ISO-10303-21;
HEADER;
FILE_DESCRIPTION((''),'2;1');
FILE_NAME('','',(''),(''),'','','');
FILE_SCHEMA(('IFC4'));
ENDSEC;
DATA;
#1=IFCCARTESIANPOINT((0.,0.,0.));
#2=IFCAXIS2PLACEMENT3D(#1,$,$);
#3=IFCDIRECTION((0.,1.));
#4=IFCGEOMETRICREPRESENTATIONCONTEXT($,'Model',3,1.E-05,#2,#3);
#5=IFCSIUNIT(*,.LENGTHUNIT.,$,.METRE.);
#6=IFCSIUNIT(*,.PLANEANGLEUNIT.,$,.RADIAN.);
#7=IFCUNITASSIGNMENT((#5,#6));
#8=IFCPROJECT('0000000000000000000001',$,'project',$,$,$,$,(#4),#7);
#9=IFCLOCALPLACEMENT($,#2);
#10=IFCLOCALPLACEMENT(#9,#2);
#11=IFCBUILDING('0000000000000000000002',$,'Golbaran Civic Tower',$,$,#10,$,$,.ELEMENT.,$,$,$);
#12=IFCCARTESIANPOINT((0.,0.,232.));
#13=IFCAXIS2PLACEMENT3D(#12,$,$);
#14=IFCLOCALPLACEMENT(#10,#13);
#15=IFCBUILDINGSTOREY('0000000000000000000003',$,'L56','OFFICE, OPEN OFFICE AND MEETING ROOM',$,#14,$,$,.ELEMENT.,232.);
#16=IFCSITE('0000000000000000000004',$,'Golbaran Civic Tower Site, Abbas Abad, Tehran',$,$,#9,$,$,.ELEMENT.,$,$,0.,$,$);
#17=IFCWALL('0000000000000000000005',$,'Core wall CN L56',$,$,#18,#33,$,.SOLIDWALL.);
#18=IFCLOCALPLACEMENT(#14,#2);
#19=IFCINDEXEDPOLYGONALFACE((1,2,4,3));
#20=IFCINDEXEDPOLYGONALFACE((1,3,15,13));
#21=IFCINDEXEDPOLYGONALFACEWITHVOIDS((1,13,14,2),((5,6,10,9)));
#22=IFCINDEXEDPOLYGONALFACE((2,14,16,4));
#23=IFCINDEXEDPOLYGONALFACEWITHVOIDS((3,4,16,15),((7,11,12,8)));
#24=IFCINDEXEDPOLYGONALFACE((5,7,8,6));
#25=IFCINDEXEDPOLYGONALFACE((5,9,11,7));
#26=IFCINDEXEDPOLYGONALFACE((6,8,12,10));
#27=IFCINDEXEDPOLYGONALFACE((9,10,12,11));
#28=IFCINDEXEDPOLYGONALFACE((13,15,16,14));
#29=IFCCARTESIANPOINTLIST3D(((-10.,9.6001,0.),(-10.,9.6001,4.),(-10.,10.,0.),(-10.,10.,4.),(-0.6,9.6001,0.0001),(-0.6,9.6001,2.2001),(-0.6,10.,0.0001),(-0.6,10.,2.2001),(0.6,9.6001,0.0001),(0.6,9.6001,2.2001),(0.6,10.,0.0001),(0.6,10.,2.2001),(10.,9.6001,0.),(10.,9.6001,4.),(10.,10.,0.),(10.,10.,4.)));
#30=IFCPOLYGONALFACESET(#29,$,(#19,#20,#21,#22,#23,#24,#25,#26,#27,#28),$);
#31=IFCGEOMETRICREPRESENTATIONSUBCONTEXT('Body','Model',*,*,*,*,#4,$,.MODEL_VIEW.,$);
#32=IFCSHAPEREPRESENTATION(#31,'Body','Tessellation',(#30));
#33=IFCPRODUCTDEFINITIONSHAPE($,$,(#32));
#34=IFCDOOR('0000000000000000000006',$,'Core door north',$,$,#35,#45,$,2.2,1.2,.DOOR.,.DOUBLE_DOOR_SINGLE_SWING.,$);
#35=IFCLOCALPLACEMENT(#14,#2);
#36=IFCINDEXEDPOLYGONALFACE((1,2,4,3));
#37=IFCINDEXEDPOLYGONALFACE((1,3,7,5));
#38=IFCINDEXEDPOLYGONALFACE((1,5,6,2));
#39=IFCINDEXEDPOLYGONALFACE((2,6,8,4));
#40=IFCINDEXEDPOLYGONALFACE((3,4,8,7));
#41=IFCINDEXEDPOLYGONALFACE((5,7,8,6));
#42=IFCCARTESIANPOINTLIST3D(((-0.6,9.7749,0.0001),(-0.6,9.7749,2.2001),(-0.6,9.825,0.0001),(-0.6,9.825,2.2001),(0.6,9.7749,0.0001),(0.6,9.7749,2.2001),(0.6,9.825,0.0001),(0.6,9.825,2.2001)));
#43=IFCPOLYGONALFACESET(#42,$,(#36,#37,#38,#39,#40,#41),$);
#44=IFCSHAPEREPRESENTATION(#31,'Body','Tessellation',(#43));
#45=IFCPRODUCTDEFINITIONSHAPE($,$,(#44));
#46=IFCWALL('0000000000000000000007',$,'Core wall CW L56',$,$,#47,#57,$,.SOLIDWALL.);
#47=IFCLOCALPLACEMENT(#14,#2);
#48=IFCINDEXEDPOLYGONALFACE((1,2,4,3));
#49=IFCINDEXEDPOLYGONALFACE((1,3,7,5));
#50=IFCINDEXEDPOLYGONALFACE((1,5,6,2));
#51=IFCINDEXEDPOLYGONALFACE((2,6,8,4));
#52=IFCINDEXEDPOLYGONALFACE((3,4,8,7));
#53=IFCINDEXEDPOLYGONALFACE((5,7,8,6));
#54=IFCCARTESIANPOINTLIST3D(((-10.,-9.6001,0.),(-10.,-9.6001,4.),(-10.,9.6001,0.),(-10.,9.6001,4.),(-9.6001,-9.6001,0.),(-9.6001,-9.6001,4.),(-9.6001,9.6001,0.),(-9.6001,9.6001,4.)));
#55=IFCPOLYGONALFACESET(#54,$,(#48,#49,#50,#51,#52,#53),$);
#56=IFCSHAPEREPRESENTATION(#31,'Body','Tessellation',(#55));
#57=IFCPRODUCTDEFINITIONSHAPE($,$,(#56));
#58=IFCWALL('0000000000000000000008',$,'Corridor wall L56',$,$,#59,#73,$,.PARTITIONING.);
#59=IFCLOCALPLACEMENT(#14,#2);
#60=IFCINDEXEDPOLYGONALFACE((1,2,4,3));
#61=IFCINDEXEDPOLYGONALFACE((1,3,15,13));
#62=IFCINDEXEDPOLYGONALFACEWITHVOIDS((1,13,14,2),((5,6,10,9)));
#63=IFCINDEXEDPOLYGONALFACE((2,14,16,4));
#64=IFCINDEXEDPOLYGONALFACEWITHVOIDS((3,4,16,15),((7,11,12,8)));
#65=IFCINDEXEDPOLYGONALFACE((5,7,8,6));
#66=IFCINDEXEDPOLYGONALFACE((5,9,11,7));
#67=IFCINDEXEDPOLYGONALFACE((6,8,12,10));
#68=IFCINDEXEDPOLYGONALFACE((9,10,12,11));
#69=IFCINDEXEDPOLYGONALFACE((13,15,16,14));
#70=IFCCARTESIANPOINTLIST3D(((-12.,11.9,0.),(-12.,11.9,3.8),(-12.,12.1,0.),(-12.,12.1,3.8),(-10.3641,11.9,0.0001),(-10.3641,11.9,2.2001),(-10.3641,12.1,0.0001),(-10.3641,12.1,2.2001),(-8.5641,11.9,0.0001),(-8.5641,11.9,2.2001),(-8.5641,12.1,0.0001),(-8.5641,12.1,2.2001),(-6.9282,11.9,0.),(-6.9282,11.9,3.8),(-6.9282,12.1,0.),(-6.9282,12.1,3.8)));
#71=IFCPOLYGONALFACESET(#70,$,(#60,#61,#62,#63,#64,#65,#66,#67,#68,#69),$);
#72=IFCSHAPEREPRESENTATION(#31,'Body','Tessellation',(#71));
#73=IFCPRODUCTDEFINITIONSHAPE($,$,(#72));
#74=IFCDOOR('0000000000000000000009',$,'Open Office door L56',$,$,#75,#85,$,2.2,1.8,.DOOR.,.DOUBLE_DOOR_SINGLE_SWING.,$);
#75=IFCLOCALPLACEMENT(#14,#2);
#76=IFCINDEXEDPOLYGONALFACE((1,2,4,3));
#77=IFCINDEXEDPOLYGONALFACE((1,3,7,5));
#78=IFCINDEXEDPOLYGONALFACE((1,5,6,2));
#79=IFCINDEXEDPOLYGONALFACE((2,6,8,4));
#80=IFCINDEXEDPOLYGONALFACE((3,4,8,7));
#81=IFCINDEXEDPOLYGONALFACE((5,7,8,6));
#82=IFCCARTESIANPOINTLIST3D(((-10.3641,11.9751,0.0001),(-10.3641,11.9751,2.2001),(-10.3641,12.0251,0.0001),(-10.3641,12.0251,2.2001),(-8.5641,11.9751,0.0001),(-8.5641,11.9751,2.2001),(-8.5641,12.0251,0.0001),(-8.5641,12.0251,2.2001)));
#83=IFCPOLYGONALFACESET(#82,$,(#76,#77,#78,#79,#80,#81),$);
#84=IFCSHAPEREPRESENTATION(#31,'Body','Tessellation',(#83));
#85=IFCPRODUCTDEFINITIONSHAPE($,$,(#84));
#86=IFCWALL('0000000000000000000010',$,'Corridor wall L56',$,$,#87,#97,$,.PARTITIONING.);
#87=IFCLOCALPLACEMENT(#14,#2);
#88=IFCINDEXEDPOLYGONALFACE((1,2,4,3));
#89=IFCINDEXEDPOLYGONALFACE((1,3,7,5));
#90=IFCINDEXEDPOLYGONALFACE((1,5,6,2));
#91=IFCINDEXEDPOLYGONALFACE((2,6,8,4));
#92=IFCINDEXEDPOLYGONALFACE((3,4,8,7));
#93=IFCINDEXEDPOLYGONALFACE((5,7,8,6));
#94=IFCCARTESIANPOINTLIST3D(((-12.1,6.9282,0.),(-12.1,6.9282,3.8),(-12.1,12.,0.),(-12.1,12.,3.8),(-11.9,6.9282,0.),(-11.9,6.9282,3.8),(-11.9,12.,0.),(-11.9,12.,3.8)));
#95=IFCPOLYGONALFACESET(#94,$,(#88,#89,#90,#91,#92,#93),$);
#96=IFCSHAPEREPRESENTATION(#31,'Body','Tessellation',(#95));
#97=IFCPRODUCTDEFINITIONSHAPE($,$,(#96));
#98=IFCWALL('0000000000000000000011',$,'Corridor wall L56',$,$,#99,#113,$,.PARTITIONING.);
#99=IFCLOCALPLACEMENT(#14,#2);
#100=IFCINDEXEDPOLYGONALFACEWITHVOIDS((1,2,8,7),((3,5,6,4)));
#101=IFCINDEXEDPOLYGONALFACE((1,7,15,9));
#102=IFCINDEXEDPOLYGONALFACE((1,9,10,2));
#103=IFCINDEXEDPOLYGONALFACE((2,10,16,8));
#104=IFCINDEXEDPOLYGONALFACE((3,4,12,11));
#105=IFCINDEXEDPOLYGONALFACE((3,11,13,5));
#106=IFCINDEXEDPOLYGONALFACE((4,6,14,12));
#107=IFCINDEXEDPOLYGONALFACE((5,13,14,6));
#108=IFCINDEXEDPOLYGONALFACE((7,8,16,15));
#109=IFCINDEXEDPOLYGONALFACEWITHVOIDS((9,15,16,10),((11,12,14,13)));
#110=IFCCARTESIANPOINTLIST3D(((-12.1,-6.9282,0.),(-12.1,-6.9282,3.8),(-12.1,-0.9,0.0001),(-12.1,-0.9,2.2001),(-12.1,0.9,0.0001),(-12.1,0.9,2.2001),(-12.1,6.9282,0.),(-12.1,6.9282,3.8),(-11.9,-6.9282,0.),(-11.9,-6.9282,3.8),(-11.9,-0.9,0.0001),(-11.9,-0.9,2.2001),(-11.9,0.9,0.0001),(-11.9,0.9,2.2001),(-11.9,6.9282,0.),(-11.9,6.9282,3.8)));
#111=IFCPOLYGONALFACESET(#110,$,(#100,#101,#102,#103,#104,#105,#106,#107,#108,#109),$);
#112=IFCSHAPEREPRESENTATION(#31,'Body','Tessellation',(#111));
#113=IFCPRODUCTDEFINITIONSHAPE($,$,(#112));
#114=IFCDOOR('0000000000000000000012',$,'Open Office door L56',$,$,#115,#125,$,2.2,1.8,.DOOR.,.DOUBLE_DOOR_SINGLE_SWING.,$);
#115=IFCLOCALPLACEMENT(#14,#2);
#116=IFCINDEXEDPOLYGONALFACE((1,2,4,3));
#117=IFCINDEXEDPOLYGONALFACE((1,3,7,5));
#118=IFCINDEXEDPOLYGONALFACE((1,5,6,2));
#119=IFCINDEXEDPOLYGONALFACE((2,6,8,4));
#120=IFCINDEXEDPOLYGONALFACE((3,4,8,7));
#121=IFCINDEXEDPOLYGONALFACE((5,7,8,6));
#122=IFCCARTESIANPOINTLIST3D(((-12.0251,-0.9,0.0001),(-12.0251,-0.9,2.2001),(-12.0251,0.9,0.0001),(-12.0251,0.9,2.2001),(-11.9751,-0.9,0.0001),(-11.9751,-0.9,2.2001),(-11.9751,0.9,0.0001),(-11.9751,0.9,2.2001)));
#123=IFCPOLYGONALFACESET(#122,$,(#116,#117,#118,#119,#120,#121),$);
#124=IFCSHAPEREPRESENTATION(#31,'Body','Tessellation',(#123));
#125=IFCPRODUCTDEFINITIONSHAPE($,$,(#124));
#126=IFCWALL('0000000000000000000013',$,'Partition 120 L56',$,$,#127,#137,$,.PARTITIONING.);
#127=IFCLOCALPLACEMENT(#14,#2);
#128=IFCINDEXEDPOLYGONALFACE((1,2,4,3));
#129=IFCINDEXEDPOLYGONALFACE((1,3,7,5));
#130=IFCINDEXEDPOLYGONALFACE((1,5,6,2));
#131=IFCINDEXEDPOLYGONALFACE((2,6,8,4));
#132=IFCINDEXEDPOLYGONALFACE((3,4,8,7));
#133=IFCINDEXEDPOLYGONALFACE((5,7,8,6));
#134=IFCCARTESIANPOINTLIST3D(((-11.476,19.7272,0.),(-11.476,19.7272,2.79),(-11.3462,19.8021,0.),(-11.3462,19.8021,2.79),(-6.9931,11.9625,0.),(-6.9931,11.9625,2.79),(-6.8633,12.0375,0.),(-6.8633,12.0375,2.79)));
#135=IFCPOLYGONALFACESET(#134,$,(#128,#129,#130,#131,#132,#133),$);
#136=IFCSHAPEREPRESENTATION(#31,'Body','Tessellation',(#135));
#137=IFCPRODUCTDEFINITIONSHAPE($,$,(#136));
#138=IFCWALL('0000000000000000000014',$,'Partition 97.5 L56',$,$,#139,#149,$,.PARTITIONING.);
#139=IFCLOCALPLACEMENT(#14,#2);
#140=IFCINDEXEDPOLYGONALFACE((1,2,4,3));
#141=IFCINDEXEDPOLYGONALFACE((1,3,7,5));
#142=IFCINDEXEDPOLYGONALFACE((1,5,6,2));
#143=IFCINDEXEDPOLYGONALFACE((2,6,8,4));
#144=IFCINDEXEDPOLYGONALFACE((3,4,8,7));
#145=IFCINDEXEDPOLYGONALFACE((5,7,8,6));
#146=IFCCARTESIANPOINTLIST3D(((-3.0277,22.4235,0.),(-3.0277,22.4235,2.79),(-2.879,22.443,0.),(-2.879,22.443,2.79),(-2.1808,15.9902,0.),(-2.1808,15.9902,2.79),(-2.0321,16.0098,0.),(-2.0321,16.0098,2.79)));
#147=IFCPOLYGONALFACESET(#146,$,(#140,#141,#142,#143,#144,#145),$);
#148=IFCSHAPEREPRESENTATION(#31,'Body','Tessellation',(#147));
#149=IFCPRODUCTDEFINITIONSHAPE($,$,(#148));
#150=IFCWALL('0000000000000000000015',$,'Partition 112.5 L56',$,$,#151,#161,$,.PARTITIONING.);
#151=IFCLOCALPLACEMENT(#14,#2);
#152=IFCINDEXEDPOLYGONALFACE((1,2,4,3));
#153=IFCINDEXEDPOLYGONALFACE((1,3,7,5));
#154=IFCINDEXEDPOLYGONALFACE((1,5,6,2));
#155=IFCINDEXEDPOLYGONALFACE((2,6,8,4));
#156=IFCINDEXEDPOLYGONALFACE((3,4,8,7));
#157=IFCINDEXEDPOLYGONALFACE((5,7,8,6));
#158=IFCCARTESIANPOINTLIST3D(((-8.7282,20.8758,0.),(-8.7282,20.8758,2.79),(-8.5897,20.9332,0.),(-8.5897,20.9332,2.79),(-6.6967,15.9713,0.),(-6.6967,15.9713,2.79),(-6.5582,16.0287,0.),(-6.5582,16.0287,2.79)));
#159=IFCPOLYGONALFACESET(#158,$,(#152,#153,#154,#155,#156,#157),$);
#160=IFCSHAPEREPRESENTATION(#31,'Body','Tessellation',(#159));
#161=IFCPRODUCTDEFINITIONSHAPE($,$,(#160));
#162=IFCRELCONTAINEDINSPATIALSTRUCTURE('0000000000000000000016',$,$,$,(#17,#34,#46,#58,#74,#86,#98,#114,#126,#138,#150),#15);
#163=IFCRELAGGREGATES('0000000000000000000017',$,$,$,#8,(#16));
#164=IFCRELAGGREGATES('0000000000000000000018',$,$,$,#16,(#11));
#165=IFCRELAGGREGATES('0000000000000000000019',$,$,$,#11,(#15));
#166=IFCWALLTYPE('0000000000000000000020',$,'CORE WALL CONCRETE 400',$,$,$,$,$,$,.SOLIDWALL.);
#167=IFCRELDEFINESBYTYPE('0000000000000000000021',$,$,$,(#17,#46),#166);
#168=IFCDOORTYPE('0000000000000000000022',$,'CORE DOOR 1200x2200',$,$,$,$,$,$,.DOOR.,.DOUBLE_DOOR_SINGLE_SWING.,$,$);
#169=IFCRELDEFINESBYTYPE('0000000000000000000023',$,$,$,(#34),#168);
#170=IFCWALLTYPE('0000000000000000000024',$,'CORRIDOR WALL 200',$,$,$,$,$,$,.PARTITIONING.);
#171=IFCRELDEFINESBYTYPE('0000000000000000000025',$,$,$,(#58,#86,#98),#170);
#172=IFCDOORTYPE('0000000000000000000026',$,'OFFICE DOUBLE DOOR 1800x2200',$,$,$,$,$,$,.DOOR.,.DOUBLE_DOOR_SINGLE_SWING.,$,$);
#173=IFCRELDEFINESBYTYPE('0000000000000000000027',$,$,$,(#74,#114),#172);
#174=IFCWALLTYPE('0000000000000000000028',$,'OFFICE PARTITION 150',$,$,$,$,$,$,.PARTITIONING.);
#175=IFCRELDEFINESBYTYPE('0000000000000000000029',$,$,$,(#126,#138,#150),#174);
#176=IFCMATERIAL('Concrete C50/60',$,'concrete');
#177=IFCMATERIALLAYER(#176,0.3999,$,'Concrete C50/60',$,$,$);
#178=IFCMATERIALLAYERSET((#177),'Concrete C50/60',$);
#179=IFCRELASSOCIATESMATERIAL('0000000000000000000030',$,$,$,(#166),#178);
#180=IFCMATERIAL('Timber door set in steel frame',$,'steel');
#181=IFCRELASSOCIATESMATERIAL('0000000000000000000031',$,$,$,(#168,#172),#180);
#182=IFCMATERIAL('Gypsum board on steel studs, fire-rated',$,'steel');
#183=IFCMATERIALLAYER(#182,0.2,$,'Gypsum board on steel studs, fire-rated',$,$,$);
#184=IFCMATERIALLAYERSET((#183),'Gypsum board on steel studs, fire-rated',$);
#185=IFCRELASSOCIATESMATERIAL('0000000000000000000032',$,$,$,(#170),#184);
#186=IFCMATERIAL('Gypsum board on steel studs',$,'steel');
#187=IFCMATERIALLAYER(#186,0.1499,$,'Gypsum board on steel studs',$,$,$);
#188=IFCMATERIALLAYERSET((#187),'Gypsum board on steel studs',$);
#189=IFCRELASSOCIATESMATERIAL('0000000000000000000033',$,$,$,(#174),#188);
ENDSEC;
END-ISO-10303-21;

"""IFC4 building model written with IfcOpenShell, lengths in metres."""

from ifc_helpers import new_model, si_unit, direction, frame, frame_2d, origin, place, context, subcontext, project, spatial, rectangle, extrude, material, layer, layer_set, type_object, element, fill, save


model = new_model("IFC4")

# Units and contexts
model_context = context("Model", 3, precision=1e-05, world=origin(), true_north=direction((0.0, 1.0)))
body_context = subcontext(model_context, "Body", "Model", "MODEL_VIEW")
ifc_project = project(units=[si_unit("LENGTHUNIT", "METRE"), si_unit("PLANEANGLEUNIT", "RADIAN")], contexts=[model_context])

# Site, building, storey
site_placement = place(None, origin())
site = spatial("IfcSite", under=ifc_project, at=site_placement, Name="Golbaran Civic Tower Site, Abbas Abad, Tehran", CompositionType="ELEMENT", RefElevation=0.0)
building_placement = place(site_placement, origin())
building = spatial("IfcBuilding", under=site, at=building_placement, Name="Golbaran Civic Tower", CompositionType="ELEMENT")
storey_placement = place(building_placement, frame((0.0, 0.0, 232.0)))
storey = spatial("IfcBuildingStorey", under=building, at=storey_placement, Name="L56", Description="OFFICE, OPEN OFFICE AND MEETING ROOM", CompositionType="ELEMENT", Elevation=232.0)

# Wall, opening, door
ifc_material_1 = material(Name="Concrete C50/60", Category="concrete")
ifc_layer_1 = layer(ifc_material_1, 0.3999, Name="Concrete C50/60")
ifc_layer_set_1 = layer_set([ifc_layer_1], Name="Concrete C50/60")
wall_type_1 = type_object("IfcWallType", Name="CORE WALL CONCRETE 400", PredefinedType="SOLIDWALL", material=ifc_layer_set_1)
wall_1_placement = place(storey_placement, frame((-10.0, 9.8, 0.0), z_axis=(0.0, 0.0, 1.0), x_axis=(1.0, 0.0, 0.0)))
wall_1 = element("IfcWall", 1, at=wall_1_placement, inside=storey, type_object=wall_type_1, Name="Core wall CN L56", PredefinedType="SOLIDWALL", context=body_context, shape_type="SweptSolid", body=[
    extrude(rectangle(XDim=20.0, YDim=0.3999, at=frame_2d((10.0, 0.0))), origin(), (0.0, 0.0, 1.0), 4.0),
])
opening_1_placement = place(wall_1_placement, frame((9.3999, 0.0, 0.0)))
opening_1 = element("IfcOpeningElement", 2, at=opening_1_placement, cuts=wall_1, PredefinedType="OPENING", context=body_context, shape_type="SweptSolid", body=[
    extrude(rectangle(XDim=1.2, YDim=2.2, at=frame_2d((0.6001, 1.1001))), frame((0.0, 0.21, 0.0), z_axis=(0.0, -1.0, 0.0), x_axis=(1.0, 0.0, 0.0)), (0.0, 0.0, 1.0), 0.4199),
])
ifc_material_2 = material(Name="Timber door set in steel frame", Category="steel")
door_type_1 = type_object("IfcDoorType", Name="CORE DOOR 1200x2200", OperationType="DOUBLE_DOOR_SINGLE_SWING", PredefinedType="DOOR", material=ifc_material_2)
door_1_placement = place(opening_1_placement, origin())
door_1 = element("IfcDoor", 3, at=door_1_placement, inside=storey, type_object=door_type_1, Name="Core door north", OperationType="DOUBLE_DOOR_SINGLE_SWING", OverallHeight=2.2, OverallWidth=1.2, PredefinedType="DOOR", context=body_context, shape_type="SweptSolid", body=[
    extrude(rectangle(XDim=1.2, YDim=2.2, at=frame_2d((0.6001, 1.1001))), frame((0.0, 0.0249, 0.0), z_axis=(0.0, -1.0, 0.0), x_axis=(1.0, 0.0, 0.0)), (0.0, 0.0, 1.0), 0.05),
])
fill(opening_1, door_1)

# Wall
wall_2_placement = place(storey_placement, frame((-9.8, 9.6001, 0.0), z_axis=(0.0, 0.0, 1.0), x_axis=(0.0, -1.0, 0.0)))
element("IfcWall", 4, at=wall_2_placement, inside=storey, type_object=wall_type_1, Name="Core wall CW L56", PredefinedType="SOLIDWALL", context=body_context, shape_type="SweptSolid", body=[
    extrude(rectangle(XDim=19.2002, YDim=0.3999, at=frame_2d((9.6001, 0.0))), origin(), (0.0, 0.0, 1.0), 4.0),
])

# Wall, opening, door
ifc_material_3 = material(Name="Gypsum board on steel studs, fire-rated", Category="steel")
ifc_layer_2 = layer(ifc_material_3, 0.2, Name="Gypsum board on steel studs, fire-rated")
ifc_layer_set_2 = layer_set([ifc_layer_2], Name="Gypsum board on steel studs, fire-rated")
wall_type_2 = type_object("IfcWallType", Name="CORRIDOR WALL 200", PredefinedType="PARTITIONING", material=ifc_layer_set_2)
wall_3_placement = place(storey_placement, frame((-6.9282, 12.0, 0.0), z_axis=(0.0, 0.0, 1.0), x_axis=(-1.0, 0.0, 0.0)))
wall_3 = element("IfcWall", 5, at=wall_3_placement, inside=storey, type_object=wall_type_2, Name="Corridor wall L56", PredefinedType="PARTITIONING", context=body_context, shape_type="SweptSolid", body=[
    extrude(rectangle(XDim=5.0718, YDim=0.2, at=frame_2d((2.5359, 0.0))), origin(), (0.0, 0.0, 1.0), 3.8),
])
opening_2_placement = place(wall_3_placement, frame((1.636, 0.0, 0.0)))
opening_2 = element("IfcOpeningElement", 6, at=opening_2_placement, cuts=wall_3, PredefinedType="OPENING", context=body_context, shape_type="SweptSolid", body=[
    extrude(rectangle(XDim=1.8, YDim=2.2, at=frame_2d((0.8999, 1.1001))), frame((0.0, 0.1099, 0.0), z_axis=(0.0, -1.0, 0.0), x_axis=(1.0, 0.0, 0.0)), (0.0, 0.0, 1.0), 0.22),
])
door_type_2 = type_object("IfcDoorType", Name="OFFICE DOUBLE DOOR 1800x2200", OperationType="DOUBLE_DOOR_SINGLE_SWING", PredefinedType="DOOR", material=ifc_material_2)
door_2_placement = place(opening_2_placement, origin())
door_2 = element("IfcDoor", 7, at=door_2_placement, inside=storey, type_object=door_type_2, Name="Open Office door L56", OperationType="DOUBLE_DOOR_SINGLE_SWING", OverallHeight=2.2, OverallWidth=1.8, PredefinedType="DOOR", context=body_context, shape_type="SweptSolid", body=[
    extrude(rectangle(XDim=1.8, YDim=2.2, at=frame_2d((0.8999, 1.1001))), frame((0.0, 0.0249, 0.0), z_axis=(0.0, -1.0, 0.0), x_axis=(1.0, 0.0, 0.0)), (0.0, 0.0, 1.0), 0.05),
])
fill(opening_2, door_2)

# Wall
wall_4_placement = place(storey_placement, frame((-12.0, 12.0, 0.0), z_axis=(0.0, 0.0, 1.0), x_axis=(0.0, -1.0, 0.0)))
element("IfcWall", 8, at=wall_4_placement, inside=storey, type_object=wall_type_2, Name="Corridor wall L56", PredefinedType="PARTITIONING", context=body_context, shape_type="SweptSolid", body=[
    extrude(rectangle(XDim=5.0718, YDim=0.2, at=frame_2d((2.5359, 0.0))), origin(), (0.0, 0.0, 1.0), 3.8),
])

# Wall, opening, door
wall_5_placement = place(storey_placement, frame((-12.0, 6.9282, 0.0), z_axis=(0.0, 0.0, 1.0), x_axis=(0.0, -1.0, 0.0)))
wall_5 = element("IfcWall", 9, at=wall_5_placement, inside=storey, type_object=wall_type_2, Name="Corridor wall L56", PredefinedType="PARTITIONING", context=body_context, shape_type="SweptSolid", body=[
    extrude(rectangle(XDim=13.8564, YDim=0.2, at=frame_2d((6.9282, 0.0))), origin(), (0.0, 0.0, 1.0), 3.8),
])
opening_3_placement = place(wall_5_placement, frame((6.0283, 0.0, 0.0)))
opening_3 = element("IfcOpeningElement", 10, at=opening_3_placement, cuts=wall_5, PredefinedType="OPENING", context=body_context, shape_type="SweptSolid", body=[
    extrude(rectangle(XDim=1.8, YDim=2.2, at=frame_2d((0.8999, 1.1001))), frame((0.0, 0.1099, 0.0), z_axis=(0.0, -1.0, 0.0), x_axis=(1.0, 0.0, 0.0)), (0.0, 0.0, 1.0), 0.22),
])
door_3_placement = place(opening_3_placement, origin())
door_3 = element("IfcDoor", 11, at=door_3_placement, inside=storey, type_object=door_type_2, Name="Open Office door L56", OperationType="DOUBLE_DOOR_SINGLE_SWING", OverallHeight=2.2, OverallWidth=1.8, PredefinedType="DOOR", context=body_context, shape_type="SweptSolid", body=[
    extrude(rectangle(XDim=1.8, YDim=2.2, at=frame_2d((0.8999, 1.1001))), frame((0.0, 0.0249, 0.0), z_axis=(0.0, -1.0, 0.0), x_axis=(1.0, 0.0, 0.0)), (0.0, 0.0, 1.0), 0.05),
])
fill(opening_3, door_3)

# Walls
ifc_material_4 = material(Name="Gypsum board on steel studs", Category="steel")
ifc_layer_3 = layer(ifc_material_4, 0.1499, Name="Gypsum board on steel studs")
ifc_layer_set_3 = layer_set([ifc_layer_3], Name="Gypsum board on steel studs")
wall_type_3 = type_object("IfcWallType", Name="OFFICE PARTITION 150", PredefinedType="PARTITIONING", material=ifc_layer_set_3)
wall_6_placement = place(storey_placement, frame((-6.9282, 12.0, 0.0), z_axis=(0.0, 0.0, 1.0), x_axis=(-0.499999, 0.866026, 0.0)))
element("IfcWall", 12, at=wall_6_placement, inside=storey, type_object=wall_type_3, Name="Partition 120 L56", PredefinedType="PARTITIONING", context=body_context, shape_type="SweptSolid", body=[
    extrude(rectangle(XDim=8.9658, YDim=0.1499, at=frame_2d((4.4829, 0.0))), origin(), (0.0, 0.0, 1.0), 2.79),
])
wall_7_placement = place(storey_placement, frame((-2.1064, 16.0, 0.0), z_axis=(0.0, 0.0, 1.0), x_axis=(-0.13052, 0.991446, 0.0)))
element("IfcWall", 13, at=wall_7_placement, inside=storey, type_object=wall_type_3, Name="Partition 97.5 L56", PredefinedType="PARTITIONING", context=body_context, shape_type="SweptSolid", body=[
    extrude(rectangle(XDim=6.4888, YDim=0.1499, at=frame_2d((3.2444, 0.0))), origin(), (0.0, 0.0, 1.0), 2.79),
])
wall_8_placement = place(storey_placement, frame((-6.6274, 16.0, 0.0), z_axis=(0.0, 0.0, 1.0), x_axis=(-0.382678, 0.923882, 0.0)))
element("IfcWall", 14, at=wall_8_placement, inside=storey, type_object=wall_type_3, Name="Partition 112.5 L56", PredefinedType="PARTITIONING", context=body_context, shape_type="SweptSolid", body=[
    extrude(rectangle(XDim=5.3086, YDim=0.1499, at=frame_2d((2.6543, 0.0))), origin(), (0.0, 0.0, 1.0), 2.79),
])

save(model, "model.ifc")
